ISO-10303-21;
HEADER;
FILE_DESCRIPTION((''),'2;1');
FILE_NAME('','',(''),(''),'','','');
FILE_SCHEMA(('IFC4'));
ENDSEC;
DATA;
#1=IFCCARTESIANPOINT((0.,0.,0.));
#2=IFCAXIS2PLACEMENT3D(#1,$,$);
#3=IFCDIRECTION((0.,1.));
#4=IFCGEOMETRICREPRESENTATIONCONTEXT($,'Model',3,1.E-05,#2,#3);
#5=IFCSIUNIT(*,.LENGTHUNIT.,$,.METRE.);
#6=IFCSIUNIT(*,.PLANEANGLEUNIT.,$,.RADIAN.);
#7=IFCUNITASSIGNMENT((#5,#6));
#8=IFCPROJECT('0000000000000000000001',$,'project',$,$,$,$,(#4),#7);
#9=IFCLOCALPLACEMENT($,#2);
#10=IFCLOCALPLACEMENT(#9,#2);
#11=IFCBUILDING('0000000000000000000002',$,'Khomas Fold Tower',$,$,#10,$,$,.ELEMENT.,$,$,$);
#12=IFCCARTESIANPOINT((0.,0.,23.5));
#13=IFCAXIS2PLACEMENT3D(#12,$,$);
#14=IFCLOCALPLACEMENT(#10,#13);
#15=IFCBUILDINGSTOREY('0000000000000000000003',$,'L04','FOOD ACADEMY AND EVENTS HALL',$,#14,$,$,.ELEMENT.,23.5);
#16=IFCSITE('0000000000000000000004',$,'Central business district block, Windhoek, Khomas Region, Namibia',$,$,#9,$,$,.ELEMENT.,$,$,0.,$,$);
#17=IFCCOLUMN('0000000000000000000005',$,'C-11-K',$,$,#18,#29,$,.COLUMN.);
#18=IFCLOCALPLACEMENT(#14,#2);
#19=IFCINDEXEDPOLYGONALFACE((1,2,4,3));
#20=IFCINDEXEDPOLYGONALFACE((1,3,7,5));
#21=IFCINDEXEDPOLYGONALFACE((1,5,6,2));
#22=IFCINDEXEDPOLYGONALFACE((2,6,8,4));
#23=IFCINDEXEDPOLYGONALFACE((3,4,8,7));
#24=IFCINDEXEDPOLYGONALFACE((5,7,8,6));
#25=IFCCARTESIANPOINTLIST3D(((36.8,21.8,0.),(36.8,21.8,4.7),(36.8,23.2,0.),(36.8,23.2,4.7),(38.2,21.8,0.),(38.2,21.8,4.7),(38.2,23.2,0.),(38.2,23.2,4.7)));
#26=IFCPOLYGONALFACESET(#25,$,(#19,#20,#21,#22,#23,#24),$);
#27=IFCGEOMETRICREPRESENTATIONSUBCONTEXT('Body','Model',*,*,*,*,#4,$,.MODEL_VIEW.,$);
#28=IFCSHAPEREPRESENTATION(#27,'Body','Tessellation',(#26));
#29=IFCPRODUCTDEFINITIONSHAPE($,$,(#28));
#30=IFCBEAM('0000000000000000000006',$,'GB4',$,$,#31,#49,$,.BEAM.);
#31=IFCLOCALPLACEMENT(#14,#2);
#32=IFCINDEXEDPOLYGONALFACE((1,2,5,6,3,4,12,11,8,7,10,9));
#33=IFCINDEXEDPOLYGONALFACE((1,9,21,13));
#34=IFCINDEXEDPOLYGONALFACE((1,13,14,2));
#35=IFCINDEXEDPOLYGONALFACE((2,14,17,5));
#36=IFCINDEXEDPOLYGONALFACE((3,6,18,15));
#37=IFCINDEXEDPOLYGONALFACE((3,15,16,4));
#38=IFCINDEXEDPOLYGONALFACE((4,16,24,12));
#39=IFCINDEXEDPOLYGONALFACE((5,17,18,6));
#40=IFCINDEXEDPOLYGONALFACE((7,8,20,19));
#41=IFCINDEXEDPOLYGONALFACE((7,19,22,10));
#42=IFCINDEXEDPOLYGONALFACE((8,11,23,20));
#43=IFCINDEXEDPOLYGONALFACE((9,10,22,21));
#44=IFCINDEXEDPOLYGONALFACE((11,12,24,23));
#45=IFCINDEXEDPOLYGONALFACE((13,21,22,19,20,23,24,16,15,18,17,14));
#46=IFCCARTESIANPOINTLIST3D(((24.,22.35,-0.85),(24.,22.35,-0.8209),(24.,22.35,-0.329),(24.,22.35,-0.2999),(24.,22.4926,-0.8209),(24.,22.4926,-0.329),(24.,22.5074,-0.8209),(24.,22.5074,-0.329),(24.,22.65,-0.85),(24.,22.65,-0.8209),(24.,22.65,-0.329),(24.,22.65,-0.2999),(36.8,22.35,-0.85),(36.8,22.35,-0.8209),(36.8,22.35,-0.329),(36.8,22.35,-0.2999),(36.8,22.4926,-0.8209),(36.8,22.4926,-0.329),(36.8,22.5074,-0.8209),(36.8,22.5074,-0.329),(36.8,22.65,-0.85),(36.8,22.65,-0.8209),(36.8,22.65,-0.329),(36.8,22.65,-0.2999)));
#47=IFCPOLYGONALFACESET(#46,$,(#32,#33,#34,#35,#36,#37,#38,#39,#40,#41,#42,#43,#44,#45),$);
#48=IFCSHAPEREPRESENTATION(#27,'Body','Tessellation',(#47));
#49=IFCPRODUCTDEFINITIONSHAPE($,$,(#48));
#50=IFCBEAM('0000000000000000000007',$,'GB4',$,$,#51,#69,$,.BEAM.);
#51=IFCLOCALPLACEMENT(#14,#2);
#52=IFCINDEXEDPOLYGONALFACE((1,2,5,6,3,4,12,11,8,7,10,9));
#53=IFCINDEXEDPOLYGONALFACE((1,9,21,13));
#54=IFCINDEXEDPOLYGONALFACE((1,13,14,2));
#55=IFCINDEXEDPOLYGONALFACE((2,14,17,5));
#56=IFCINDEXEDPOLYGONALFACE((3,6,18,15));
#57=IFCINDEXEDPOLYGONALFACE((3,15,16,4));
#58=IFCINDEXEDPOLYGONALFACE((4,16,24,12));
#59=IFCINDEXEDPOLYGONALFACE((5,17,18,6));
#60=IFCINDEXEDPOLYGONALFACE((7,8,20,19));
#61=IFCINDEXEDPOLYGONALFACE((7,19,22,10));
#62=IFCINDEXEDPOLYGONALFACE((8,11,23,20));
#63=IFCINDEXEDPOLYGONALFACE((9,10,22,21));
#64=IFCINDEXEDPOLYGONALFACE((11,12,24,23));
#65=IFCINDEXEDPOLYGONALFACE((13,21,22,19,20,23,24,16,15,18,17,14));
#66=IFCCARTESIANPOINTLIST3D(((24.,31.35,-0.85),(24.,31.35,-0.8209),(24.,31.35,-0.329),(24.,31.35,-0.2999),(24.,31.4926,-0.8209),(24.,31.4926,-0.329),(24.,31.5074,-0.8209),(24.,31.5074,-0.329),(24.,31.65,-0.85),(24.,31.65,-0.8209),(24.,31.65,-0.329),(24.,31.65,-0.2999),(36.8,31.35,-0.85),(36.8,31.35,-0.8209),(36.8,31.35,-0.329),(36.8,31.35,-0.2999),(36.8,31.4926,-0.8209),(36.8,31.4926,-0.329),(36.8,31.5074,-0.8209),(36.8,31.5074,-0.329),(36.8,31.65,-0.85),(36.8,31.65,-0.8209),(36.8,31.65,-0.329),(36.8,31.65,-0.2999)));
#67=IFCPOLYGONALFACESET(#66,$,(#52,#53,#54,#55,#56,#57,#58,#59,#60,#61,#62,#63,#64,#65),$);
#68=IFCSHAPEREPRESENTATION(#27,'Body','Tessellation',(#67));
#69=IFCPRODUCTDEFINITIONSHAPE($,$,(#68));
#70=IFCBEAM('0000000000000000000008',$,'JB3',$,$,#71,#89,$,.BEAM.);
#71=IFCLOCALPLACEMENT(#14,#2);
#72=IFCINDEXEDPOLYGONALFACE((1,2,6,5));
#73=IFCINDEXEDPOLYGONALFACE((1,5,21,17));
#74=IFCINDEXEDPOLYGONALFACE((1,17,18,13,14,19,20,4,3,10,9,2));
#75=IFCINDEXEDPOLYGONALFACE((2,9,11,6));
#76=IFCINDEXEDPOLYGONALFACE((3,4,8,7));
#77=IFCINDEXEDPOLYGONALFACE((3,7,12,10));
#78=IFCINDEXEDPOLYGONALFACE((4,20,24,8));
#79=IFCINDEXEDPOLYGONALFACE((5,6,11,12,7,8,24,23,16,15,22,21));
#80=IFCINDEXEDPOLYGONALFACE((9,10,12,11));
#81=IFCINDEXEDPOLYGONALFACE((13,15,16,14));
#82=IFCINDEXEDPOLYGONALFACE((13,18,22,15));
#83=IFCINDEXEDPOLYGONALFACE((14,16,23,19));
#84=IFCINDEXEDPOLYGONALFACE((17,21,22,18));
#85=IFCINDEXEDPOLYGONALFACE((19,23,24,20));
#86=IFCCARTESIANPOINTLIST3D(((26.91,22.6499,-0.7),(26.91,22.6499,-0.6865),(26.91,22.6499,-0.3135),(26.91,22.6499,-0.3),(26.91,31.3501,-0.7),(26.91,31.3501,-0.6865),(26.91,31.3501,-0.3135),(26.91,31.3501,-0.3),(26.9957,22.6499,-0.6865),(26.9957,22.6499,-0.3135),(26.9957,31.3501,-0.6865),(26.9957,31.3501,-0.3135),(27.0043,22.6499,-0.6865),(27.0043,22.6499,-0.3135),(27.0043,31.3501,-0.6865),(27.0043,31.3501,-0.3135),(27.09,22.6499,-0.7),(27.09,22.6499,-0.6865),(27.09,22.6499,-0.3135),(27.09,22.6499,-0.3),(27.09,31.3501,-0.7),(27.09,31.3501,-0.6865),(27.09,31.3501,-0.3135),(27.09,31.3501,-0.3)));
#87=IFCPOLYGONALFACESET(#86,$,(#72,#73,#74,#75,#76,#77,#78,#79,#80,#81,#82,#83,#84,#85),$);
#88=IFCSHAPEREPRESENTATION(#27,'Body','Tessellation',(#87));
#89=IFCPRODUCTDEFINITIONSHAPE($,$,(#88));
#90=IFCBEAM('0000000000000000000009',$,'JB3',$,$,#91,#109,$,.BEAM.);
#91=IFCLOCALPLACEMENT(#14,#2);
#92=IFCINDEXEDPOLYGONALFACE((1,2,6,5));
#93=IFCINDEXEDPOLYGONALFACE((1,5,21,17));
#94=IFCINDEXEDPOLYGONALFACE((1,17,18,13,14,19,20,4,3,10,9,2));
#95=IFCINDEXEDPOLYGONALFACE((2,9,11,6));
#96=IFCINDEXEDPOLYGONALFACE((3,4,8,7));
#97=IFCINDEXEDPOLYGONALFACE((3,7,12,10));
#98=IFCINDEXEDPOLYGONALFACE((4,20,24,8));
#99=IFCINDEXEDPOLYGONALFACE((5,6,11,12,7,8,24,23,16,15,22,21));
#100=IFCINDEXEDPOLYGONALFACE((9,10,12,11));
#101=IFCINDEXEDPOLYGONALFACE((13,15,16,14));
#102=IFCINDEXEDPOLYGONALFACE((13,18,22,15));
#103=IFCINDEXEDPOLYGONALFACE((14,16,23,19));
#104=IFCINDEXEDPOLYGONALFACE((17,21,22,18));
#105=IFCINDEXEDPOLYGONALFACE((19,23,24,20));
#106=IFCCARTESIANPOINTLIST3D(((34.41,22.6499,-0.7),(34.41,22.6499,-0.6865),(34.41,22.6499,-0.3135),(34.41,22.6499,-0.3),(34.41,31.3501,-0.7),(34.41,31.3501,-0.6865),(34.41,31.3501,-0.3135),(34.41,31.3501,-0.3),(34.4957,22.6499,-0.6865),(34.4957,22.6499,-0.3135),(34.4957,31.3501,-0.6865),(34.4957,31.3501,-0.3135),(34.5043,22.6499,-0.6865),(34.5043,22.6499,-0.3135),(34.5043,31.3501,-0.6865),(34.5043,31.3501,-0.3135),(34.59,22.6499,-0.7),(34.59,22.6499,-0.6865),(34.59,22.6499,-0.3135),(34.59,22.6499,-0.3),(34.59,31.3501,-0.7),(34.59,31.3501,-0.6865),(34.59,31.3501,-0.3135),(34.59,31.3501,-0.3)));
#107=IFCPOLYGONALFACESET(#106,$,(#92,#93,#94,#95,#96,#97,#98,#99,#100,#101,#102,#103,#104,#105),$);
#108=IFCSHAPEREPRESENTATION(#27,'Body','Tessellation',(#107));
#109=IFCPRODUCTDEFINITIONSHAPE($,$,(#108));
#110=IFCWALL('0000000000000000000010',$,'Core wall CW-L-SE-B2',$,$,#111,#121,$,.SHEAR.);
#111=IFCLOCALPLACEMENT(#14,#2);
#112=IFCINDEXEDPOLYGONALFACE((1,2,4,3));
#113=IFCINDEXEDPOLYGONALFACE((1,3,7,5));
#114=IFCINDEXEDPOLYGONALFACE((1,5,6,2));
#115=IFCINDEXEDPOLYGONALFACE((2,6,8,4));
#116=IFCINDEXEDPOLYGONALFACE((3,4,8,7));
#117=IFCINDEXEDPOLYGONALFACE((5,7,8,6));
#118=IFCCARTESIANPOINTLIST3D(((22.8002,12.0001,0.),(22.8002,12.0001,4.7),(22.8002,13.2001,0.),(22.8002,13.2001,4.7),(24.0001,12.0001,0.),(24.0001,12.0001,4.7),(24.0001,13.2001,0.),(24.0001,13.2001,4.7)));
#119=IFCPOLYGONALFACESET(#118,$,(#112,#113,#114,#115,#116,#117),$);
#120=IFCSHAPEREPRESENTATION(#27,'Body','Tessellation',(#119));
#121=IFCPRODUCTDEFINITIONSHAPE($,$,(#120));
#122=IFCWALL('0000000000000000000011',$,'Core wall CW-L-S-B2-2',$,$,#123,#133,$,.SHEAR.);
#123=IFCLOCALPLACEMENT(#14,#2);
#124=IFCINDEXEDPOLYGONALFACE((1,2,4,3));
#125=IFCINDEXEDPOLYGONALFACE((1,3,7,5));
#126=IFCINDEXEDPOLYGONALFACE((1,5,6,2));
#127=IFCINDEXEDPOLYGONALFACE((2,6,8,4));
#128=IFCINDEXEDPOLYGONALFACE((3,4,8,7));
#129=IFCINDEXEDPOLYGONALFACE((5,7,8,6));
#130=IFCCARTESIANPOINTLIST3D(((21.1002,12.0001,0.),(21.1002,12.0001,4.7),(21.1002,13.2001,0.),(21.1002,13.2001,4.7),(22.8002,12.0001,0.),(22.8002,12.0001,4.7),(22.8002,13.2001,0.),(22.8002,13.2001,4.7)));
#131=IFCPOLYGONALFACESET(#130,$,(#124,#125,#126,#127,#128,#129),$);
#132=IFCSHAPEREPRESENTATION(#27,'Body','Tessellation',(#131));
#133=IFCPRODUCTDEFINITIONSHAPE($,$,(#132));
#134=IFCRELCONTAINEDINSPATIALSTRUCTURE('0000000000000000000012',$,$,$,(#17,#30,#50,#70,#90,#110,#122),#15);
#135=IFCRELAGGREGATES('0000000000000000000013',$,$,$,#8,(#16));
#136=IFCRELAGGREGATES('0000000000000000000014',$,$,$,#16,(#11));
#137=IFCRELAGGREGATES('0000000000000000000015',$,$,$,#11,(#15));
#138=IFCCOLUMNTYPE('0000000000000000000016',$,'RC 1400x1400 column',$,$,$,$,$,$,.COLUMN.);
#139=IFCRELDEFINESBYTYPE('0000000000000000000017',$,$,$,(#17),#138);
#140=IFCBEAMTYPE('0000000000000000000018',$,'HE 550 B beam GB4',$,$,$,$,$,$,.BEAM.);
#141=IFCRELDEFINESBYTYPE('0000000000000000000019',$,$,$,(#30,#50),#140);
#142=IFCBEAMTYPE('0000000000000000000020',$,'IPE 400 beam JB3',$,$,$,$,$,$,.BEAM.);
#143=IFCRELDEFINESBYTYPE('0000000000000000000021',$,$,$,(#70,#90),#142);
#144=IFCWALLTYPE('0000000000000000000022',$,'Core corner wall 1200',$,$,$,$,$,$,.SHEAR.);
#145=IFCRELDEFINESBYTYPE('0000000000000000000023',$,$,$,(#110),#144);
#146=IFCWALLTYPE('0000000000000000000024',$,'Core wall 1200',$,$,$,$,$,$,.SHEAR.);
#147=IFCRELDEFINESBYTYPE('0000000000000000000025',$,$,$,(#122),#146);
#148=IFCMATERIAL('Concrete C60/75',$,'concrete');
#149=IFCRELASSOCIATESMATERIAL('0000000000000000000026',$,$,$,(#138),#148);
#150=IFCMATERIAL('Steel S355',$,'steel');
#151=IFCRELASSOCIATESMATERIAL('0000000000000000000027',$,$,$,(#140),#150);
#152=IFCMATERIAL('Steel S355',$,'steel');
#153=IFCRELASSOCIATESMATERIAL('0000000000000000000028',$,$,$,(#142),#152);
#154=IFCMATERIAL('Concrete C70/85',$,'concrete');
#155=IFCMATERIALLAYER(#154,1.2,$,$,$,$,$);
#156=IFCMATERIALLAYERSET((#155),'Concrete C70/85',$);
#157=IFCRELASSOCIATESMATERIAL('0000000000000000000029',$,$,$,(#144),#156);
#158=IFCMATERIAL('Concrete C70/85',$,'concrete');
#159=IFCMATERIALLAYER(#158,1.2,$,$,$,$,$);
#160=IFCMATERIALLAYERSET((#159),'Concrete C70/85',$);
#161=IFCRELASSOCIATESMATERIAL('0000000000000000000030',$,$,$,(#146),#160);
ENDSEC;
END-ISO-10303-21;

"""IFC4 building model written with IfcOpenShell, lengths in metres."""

from ifc_helpers import new_model, si_unit, direction, frame, frame_2d, origin, origin_2d, place, context, subcontext, project, spatial, rectangle, i_section, extrude, source, transform, mapped, material, layer, layer_set, material_profile, profile_set, type_object, element, save


model = new_model("IFC4")

# Units and contexts
model_context = context("Model", 3, precision=1e-05, world=origin(), true_north=direction((0.0, 1.0)))
body_context = subcontext(model_context, "Body", "Model", "MODEL_VIEW")
ifc_project = project(units=[si_unit("LENGTHUNIT", "METRE"), si_unit("PLANEANGLEUNIT", "RADIAN")], contexts=[model_context])

# Site, building, storey
site_placement = place(None, origin())
site = spatial("IfcSite", under=ifc_project, at=site_placement, Name="Central business district block, Windhoek, Khomas Region, Namibia", CompositionType="ELEMENT", RefElevation=0.0)
building_placement = place(site_placement, origin())
building = spatial("IfcBuilding", under=site, at=building_placement, Name="Khomas Fold Tower", CompositionType="ELEMENT")
storey_placement = place(building_placement, frame((0.0, 0.0, 23.5)))
storey = spatial("IfcBuildingStorey", under=building, at=storey_placement, Name="L04", Description="FOOD ACADEMY AND EVENTS HALL", CompositionType="ELEMENT", Elevation=23.5)

# Column
ifc_material_1 = material(Name="Concrete C60/75", Category="concrete")
ifc_material_profile_1 = material_profile(ifc_material_1, rectangle(XDim=1.3999, YDim=1.3999, at=origin_2d()), Name="RC 1400x1400")
ifc_profile_set_1 = profile_set([ifc_material_profile_1], Name="Concrete C60/75")
column_type = type_object("IfcColumnType", Name="RC 1400x1400 column", PredefinedType="COLUMN", material=ifc_profile_set_1)
shared_shape_1 = source(origin(), body_context, "Body", "SweptSolid", [
    extrude(rectangle(XDim=1.3999, YDim=1.3999, at=origin_2d()), origin(), (0.0, 0.0, 1.0), 4.7),
])
column_placement = place(storey_placement, frame((37.5, 22.5, 0.0), z_axis=(0.0, 0.0, 1.0), x_axis=(1.0, 0.0, 0.0)))
element("IfcColumn", 1, at=column_placement, inside=storey, type_object=column_type, Name="C-11-K", PredefinedType="COLUMN", context=body_context, shape_type="MappedRepresentation", body=[
    mapped(shared_shape_1, transform((0.0, 0.0, 0.0))),
])

# Beams
ifc_material_2 = material(Name="Steel S355", Category="steel")
ifc_material_profile_2 = material_profile(ifc_material_2, i_section(OverallWidth=0.3, OverallDepth=0.55, WebThickness=0.0149, FlangeThickness=0.0291, at=origin_2d()), Name="HE 550 B")
ifc_profile_set_2 = profile_set([ifc_material_profile_2], Name="Steel S355")
beam_type_1 = type_object("IfcBeamType", Name="HE 550 B beam GB4", PredefinedType="BEAM", material=ifc_profile_set_2)
shared_shape_2 = source(origin(), body_context, "Body", "SweptSolid", [
    extrude(i_section(OverallWidth=0.3, OverallDepth=0.55, WebThickness=0.0149, FlangeThickness=0.0291, at=origin_2d()), origin(), (0.0, 0.0, 1.0), 12.8),
])
for number, where, z_axis, x_axis, name in (
    (2, (24.0, 22.5, -0.575), (1.0, 0.0, 0.0), (0.0, 1.0, 0.0), "GB4"),
    (3, (24.0, 31.5, -0.575), (1.0, 0.0, 0.0), (0.0, 1.0, 0.0), "GB4"),
):
    element("IfcBeam", number, at=place(storey_placement, frame(where, z_axis=z_axis, x_axis=x_axis)), inside=storey, type_object=beam_type_1, Name=name, PredefinedType="BEAM", context=body_context, shape_type="MappedRepresentation", body=[
        mapped(shared_shape_2, transform((0.0, 0.0, 0.0))),
    ])
ifc_material_3 = material(Name="Steel S355", Category="steel")
ifc_material_profile_3 = material_profile(ifc_material_3, i_section(OverallWidth=0.1799, OverallDepth=0.3999, WebThickness=0.0085, FlangeThickness=0.0134, at=origin_2d()), Name="IPE 400")
ifc_profile_set_3 = profile_set([ifc_material_profile_3], Name="Steel S355")
beam_type_2 = type_object("IfcBeamType", Name="IPE 400 beam JB3", PredefinedType="BEAM", material=ifc_profile_set_3)
shared_shape_3 = source(origin(), body_context, "Body", "SweptSolid", [
    extrude(i_section(OverallWidth=0.1799, OverallDepth=0.3999, WebThickness=0.0085, FlangeThickness=0.0134, at=origin_2d()), origin(), (0.0, 0.0, 1.0), 8.7002),
])
for number, where, z_axis, x_axis, name in (
    (4, (27.0, 22.6499, -0.5), (0.0, 1.0, 0.0), (-1.0, 0.0, 0.0), "JB3"),
    (5, (34.5, 22.6499, -0.5), (0.0, 1.0, 0.0), (-1.0, 0.0, 0.0), "JB3"),
):
    element("IfcBeam", number, at=place(storey_placement, frame(where, z_axis=z_axis, x_axis=x_axis)), inside=storey, type_object=beam_type_2, Name=name, PredefinedType="BEAM", context=body_context, shape_type="MappedRepresentation", body=[
        mapped(shared_shape_3, transform((0.0, 0.0, 0.0))),
    ])

# Walls
ifc_material_4 = material(Name="Concrete C70/85", Category="concrete")
ifc_layer_1 = layer(ifc_material_4, 1.2)
ifc_layer_set_1 = layer_set([ifc_layer_1], Name="Concrete C70/85")
wall_type_1 = type_object("IfcWallType", Name="Core corner wall 1200", PredefinedType="SHEAR", material=ifc_layer_set_1)
shared_shape_4 = source(origin(), body_context, "Body", "SweptSolid", [
    extrude(rectangle(XDim=1.2, YDim=1.2, at=frame_2d((0.6001, 0.0))), origin(), (0.0, 0.0, 1.0), 4.7),
])
wall_1_placement = place(storey_placement, frame((22.8, 12.6001, 0.0), z_axis=(0.0, 0.0, 1.0), x_axis=(1.0, 0.0, 0.0)))
element("IfcWall", 6, at=wall_1_placement, inside=storey, type_object=wall_type_1, Name="Core wall CW-L-SE-B2", PredefinedType="SHEAR", context=body_context, shape_type="MappedRepresentation", body=[
    mapped(shared_shape_4, transform((0.0, 0.0, 0.0))),
])
ifc_material_5 = material(Name="Concrete C70/85", Category="concrete")
ifc_layer_2 = layer(ifc_material_5, 1.2)
ifc_layer_set_2 = layer_set([ifc_layer_2], Name="Concrete C70/85")
wall_type_2 = type_object("IfcWallType", Name="Core wall 1200", PredefinedType="SHEAR", material=ifc_layer_set_2)
shared_shape_5 = source(origin(), body_context, "Body", "SweptSolid", [
    extrude(rectangle(XDim=1.7, YDim=1.2, at=frame_2d((0.8501, 0.0))), origin(), (0.0, 0.0, 1.0), 4.7),
])
wall_2_placement = place(storey_placement, frame((21.1001, 12.6001, 0.0), z_axis=(0.0, 0.0, 1.0), x_axis=(1.0, 0.0, 0.0)))
element("IfcWall", 7, at=wall_2_placement, inside=storey, type_object=wall_type_2, Name="Core wall CW-L-S-B2-2", PredefinedType="SHEAR", context=body_context, shape_type="MappedRepresentation", body=[
    mapped(shared_shape_5, transform((0.0, 0.0, 0.0))),
])

save(model, "model.ifc")
